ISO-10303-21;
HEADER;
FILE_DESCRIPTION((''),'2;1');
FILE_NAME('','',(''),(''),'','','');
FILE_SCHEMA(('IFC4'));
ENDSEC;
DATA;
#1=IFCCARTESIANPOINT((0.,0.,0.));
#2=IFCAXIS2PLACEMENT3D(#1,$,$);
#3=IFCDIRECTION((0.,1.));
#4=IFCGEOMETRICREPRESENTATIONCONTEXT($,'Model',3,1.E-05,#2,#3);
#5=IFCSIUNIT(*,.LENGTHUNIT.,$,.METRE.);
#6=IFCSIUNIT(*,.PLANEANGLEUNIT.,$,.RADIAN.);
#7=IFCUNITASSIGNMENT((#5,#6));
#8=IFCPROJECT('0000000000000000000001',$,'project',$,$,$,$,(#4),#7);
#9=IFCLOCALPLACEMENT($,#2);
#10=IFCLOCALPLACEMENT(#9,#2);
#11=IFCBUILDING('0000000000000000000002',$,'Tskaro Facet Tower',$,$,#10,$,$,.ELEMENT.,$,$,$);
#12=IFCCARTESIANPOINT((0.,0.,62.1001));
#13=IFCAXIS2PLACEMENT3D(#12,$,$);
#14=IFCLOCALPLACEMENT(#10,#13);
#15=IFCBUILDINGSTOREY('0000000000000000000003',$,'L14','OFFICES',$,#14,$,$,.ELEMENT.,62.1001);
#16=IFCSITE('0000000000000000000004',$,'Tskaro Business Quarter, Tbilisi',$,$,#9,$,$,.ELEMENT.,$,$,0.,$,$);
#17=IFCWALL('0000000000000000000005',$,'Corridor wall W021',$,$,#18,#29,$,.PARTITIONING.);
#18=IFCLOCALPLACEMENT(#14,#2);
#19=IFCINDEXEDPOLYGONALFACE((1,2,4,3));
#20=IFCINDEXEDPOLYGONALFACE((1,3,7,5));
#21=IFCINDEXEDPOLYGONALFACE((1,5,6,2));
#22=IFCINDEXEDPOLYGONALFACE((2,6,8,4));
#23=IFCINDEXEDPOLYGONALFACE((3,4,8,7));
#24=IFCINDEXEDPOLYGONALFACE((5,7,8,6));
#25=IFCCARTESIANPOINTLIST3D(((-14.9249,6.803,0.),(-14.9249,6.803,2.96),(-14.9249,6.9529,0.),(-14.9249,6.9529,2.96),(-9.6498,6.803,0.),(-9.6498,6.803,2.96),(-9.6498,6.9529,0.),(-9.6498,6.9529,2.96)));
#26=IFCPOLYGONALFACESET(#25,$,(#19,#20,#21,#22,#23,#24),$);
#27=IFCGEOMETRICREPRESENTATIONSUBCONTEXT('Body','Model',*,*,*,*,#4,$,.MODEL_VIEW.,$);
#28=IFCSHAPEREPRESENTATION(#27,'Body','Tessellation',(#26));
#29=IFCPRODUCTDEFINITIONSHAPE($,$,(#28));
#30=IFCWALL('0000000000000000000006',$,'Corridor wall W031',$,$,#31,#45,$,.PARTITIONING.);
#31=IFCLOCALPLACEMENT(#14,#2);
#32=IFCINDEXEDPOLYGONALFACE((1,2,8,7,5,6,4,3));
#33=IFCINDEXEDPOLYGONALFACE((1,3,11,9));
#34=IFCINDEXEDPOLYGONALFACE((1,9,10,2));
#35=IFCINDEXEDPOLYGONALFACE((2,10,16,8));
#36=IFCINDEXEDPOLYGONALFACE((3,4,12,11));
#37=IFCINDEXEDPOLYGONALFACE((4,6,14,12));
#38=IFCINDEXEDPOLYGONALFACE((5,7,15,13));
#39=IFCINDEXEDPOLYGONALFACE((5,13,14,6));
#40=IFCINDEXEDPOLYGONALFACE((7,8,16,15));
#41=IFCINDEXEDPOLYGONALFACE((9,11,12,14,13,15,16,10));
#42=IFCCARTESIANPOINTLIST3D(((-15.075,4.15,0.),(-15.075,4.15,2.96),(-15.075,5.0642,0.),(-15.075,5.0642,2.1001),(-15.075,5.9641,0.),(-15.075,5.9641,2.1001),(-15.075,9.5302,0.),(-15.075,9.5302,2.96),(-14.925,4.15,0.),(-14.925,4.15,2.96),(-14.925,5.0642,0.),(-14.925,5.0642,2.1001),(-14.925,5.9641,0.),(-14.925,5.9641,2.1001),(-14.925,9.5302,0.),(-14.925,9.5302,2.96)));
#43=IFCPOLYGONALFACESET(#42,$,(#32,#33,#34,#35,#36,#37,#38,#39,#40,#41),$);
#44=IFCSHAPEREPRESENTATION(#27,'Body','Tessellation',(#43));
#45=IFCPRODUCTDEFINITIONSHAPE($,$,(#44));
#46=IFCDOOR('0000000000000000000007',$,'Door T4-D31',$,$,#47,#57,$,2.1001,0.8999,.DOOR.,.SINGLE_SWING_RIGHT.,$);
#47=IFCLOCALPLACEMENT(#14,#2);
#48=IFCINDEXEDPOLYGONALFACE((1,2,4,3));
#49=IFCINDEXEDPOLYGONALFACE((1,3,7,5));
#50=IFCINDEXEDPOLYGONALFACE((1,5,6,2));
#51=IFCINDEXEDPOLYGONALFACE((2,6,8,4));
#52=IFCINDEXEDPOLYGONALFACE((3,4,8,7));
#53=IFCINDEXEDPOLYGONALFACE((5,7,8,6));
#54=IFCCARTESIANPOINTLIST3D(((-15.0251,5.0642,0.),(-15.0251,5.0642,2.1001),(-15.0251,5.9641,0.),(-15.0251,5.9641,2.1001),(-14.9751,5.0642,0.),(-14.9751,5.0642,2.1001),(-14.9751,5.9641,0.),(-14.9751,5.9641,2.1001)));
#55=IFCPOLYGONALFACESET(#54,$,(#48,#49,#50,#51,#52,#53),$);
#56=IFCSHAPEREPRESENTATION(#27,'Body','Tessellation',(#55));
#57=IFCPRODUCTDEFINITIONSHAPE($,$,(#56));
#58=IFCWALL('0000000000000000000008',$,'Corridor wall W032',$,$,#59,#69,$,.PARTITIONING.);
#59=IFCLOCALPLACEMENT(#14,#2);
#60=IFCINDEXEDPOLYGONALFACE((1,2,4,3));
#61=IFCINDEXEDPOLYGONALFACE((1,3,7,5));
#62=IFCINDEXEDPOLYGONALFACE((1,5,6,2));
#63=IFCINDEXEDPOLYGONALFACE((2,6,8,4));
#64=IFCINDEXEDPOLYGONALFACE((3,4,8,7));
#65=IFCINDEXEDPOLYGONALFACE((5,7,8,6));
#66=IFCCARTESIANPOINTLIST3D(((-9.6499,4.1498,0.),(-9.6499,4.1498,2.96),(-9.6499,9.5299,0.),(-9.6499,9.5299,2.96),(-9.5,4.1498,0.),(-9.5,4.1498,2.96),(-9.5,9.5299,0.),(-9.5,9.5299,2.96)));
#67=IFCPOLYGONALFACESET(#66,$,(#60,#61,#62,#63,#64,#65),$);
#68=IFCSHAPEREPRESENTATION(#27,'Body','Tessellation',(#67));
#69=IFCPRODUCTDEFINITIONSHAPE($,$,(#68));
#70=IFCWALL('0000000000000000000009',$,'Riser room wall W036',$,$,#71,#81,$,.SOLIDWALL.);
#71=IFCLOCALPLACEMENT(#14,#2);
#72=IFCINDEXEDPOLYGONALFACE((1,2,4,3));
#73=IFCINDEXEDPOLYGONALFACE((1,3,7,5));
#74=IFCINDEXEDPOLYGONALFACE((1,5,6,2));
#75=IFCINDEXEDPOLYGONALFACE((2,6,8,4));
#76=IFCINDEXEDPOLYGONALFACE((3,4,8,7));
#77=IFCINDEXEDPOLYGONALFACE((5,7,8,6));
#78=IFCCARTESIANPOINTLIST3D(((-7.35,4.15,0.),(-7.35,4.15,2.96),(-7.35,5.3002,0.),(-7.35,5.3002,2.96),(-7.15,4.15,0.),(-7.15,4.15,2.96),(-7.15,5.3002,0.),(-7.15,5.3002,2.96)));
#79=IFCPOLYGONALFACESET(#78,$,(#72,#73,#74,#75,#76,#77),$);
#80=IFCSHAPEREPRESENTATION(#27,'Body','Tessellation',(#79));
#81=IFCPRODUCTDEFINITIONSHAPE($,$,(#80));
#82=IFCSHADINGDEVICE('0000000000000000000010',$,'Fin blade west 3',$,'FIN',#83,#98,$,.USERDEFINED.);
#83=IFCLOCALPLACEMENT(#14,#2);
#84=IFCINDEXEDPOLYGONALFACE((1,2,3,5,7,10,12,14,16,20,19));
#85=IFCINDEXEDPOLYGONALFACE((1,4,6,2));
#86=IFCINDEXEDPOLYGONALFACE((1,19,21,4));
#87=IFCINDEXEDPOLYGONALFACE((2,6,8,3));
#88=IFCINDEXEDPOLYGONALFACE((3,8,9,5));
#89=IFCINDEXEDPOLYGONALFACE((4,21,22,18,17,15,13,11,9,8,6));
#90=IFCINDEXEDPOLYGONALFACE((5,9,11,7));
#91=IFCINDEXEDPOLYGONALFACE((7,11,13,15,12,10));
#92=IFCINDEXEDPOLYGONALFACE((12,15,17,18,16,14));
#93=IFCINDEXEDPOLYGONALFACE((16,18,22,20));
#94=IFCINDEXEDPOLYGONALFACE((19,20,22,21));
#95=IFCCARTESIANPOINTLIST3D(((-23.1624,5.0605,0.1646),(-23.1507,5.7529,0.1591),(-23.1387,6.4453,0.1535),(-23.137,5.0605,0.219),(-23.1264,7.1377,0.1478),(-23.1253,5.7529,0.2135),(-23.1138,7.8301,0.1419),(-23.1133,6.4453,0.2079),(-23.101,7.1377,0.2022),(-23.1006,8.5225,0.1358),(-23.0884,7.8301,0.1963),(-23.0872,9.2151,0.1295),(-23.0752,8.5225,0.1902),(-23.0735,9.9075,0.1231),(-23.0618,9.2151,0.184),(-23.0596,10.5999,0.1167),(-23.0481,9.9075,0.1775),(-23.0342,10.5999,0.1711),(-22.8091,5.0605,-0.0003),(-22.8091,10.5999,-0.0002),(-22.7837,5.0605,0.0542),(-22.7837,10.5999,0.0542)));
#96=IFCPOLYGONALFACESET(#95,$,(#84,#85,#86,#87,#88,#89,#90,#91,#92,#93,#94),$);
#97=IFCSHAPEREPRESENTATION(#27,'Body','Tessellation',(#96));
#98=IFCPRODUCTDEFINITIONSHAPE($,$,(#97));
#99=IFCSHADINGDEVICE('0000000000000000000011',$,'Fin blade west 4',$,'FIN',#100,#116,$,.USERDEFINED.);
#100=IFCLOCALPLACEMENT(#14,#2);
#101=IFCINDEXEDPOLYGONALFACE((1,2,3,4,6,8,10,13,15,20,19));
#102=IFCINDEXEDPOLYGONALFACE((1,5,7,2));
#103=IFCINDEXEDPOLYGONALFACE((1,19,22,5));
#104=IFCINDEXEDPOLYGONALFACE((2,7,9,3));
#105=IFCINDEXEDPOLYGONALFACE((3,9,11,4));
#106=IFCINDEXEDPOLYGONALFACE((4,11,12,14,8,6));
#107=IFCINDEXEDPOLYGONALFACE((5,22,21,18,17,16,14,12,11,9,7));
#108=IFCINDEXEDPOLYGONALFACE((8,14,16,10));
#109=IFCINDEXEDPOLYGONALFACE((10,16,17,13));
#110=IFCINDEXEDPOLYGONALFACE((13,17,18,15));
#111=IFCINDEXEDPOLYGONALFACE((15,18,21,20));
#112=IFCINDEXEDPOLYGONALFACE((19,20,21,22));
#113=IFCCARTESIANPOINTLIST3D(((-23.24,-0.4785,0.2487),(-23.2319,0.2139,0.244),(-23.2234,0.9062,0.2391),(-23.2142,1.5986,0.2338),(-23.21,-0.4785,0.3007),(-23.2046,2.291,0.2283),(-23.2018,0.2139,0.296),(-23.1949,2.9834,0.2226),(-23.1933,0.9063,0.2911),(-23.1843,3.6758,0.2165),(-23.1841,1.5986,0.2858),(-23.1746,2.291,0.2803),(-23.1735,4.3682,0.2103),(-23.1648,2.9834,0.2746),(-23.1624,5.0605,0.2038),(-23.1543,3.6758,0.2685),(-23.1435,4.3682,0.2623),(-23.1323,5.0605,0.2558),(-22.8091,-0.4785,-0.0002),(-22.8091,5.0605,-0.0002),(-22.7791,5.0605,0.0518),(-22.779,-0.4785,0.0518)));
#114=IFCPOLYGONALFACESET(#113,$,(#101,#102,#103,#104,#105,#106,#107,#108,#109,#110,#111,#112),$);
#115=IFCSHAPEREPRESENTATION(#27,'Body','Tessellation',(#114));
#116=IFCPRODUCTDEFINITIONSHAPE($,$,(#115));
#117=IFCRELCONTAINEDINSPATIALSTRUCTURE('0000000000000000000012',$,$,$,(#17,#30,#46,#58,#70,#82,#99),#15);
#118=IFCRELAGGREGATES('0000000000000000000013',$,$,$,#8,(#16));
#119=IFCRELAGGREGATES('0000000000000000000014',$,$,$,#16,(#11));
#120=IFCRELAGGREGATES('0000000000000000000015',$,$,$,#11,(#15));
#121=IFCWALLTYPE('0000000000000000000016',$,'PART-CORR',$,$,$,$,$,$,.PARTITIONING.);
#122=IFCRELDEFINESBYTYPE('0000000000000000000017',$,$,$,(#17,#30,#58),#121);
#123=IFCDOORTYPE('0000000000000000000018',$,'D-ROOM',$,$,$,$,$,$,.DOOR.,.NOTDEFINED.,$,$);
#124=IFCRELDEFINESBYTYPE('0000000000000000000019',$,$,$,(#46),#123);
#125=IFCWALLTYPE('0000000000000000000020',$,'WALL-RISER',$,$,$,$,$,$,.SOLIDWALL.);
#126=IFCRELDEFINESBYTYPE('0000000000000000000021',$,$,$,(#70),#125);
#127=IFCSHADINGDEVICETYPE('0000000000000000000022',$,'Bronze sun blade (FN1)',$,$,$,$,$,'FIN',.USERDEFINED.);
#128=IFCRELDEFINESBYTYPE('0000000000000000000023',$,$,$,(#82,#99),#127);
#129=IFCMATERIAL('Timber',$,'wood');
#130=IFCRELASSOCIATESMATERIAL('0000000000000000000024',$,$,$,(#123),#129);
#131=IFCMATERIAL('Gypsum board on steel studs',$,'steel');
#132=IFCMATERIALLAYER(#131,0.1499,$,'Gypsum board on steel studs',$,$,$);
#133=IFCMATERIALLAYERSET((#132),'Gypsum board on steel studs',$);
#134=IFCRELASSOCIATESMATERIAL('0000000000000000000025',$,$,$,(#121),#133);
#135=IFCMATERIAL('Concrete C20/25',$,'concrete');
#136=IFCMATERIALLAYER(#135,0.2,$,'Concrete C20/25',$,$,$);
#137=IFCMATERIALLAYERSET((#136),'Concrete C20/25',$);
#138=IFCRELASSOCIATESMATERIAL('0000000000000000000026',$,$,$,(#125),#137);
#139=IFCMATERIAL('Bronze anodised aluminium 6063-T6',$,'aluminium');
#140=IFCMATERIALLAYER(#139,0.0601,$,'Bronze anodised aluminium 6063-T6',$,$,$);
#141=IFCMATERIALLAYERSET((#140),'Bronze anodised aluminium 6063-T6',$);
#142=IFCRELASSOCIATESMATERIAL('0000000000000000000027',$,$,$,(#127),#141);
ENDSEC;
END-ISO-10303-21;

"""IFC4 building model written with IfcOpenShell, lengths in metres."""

from ifc_helpers import new_model, si_unit, direction, frame, frame_2d, origin, place, context, subcontext, project, spatial, polyline, rectangle, outline, extrude, material, layer, layer_set, type_object, element, fill, save


model = new_model("IFC4")

# Units and contexts
model_context = context("Model", 3, precision=1e-05, world=origin(), true_north=direction((0.0, 1.0)))
body_context = subcontext(model_context, "Body", "Model", "MODEL_VIEW")
ifc_project = project(units=[si_unit("LENGTHUNIT", "METRE"), si_unit("PLANEANGLEUNIT", "RADIAN")], contexts=[model_context])

# Site, building, storey
site_placement = place(None, origin())
site = spatial("IfcSite", under=ifc_project, at=site_placement, Name="Tskaro Business Quarter, Tbilisi", CompositionType="ELEMENT", RefElevation=0.0)
building_placement = place(site_placement, origin())
building = spatial("IfcBuilding", under=site, at=building_placement, Name="Tskaro Facet Tower", CompositionType="ELEMENT")
storey_placement = place(building_placement, frame((0.0, 0.0, 62.1001)))
storey = spatial("IfcBuildingStorey", under=building, at=storey_placement, Name="L14", Description="OFFICES", CompositionType="ELEMENT", Elevation=62.1001)

# Shared definitions
ifc_material_1 = material(Name="Bronze anodised aluminium 6063-T6", Category="aluminium")

# Shared definitions
ifc_material_2 = material(Name="Timber", Category="wood")
door_type_1 = type_object("IfcDoorType", Name="D-ROOM", OperationType="NOTDEFINED", PredefinedType="DOOR", material=ifc_material_2)

# Wall
ifc_material_3 = material(Name="Gypsum board on steel studs", Category="steel")
ifc_layer_1 = layer(ifc_material_3, 0.1499, Name="Gypsum board on steel studs")
ifc_layer_set_1 = layer_set([ifc_layer_1], Name="Gypsum board on steel studs")
wall_type_1 = type_object("IfcWallType", Name="PART-CORR", PredefinedType="PARTITIONING", material=ifc_layer_set_1)
wall_1_placement = place(storey_placement, frame((-14.925, 6.8779, 0.0), z_axis=(0.0, 0.0, 1.0), x_axis=(1.0, 0.0, 0.0)))
element("IfcWall", 1, at=wall_1_placement, inside=storey, type_object=wall_type_1, Name="Corridor wall W021", PredefinedType="PARTITIONING", context=body_context, shape_type="SweptSolid", body=[
    extrude(rectangle(XDim=5.2751, YDim=0.1499, at=frame_2d((2.6377, 0.0))), origin(), (0.0, 0.0, 1.0), 2.96),
])

# Wall, opening, door
wall_2_placement = place(storey_placement, frame((-15.0, 9.53, 0.0), z_axis=(0.0, 0.0, 1.0), x_axis=(0.0, -1.0, 0.0)))
wall_2 = element("IfcWall", 2, at=wall_2_placement, inside=storey, type_object=wall_type_1, Name="Corridor wall W031", PredefinedType="PARTITIONING", context=body_context, shape_type="SweptSolid", body=[
    extrude(rectangle(XDim=5.3801, YDim=0.1499, at=frame_2d((2.6899, 0.0))), origin(), (0.0, 0.0, 1.0), 2.96),
])
opening_1_placement = place(wall_2_placement, frame((3.5659, 0.0, 0.0)))
opening_1 = element("IfcOpeningElement", 3, at=opening_1_placement, cuts=wall_2, PredefinedType="OPENING", context=body_context, shape_type="SweptSolid", body=[
    extrude(rectangle(XDim=0.8999, YDim=2.1001, at=frame_2d((0.45, 1.05))), frame((0.0, 0.085, 0.0), z_axis=(0.0, -1.0, 0.0), x_axis=(1.0, 0.0, 0.0)), (0.0, 0.0, 1.0), 0.1699),
])
door_1_placement = place(opening_1_placement, origin())
door_1 = element("IfcDoor", 4, at=door_1_placement, inside=storey, type_object=door_type_1, Name="Door T4-D31", OperationType="SINGLE_SWING_RIGHT", OverallHeight=2.1001, OverallWidth=0.8999, PredefinedType="DOOR", context=body_context, shape_type="SweptSolid", body=[
    extrude(rectangle(XDim=0.8999, YDim=2.1001, at=frame_2d((0.45, 1.05))), frame((0.0, 0.0249, 0.0), z_axis=(0.0, -1.0, 0.0), x_axis=(1.0, 0.0, 0.0)), (0.0, 0.0, 1.0), 0.05),
])
fill(opening_1, door_1)

# Walls
wall_3_placement = place(storey_placement, frame((-9.575, 4.1499, 0.0), z_axis=(0.0, 0.0, 1.0), x_axis=(0.0, 1.0, 0.0)))
element("IfcWall", 5, at=wall_3_placement, inside=storey, type_object=wall_type_1, Name="Corridor wall W032", PredefinedType="PARTITIONING", context=body_context, shape_type="SweptSolid", body=[
    extrude(rectangle(XDim=5.3801, YDim=0.1499, at=frame_2d((2.6899, 0.0))), origin(), (0.0, 0.0, 1.0), 2.96),
])
ifc_material_4 = material(Name="Concrete C20/25", Category="concrete")
ifc_layer_2 = layer(ifc_material_4, 0.2, Name="Concrete C20/25")
ifc_layer_set_2 = layer_set([ifc_layer_2], Name="Concrete C20/25")
wall_type_2 = type_object("IfcWallType", Name="WALL-RISER", PredefinedType="SOLIDWALL", material=ifc_layer_set_2)
wall_4_placement = place(storey_placement, frame((-7.25, 4.1499, 0.0), z_axis=(0.0, 0.0, 1.0), x_axis=(0.0, 1.0, 0.0)))
element("IfcWall", 6, at=wall_4_placement, inside=storey, type_object=wall_type_2, Name="Riser room wall W036", PredefinedType="SOLIDWALL", context=body_context, shape_type="SweptSolid", body=[
    extrude(rectangle(XDim=1.1501, YDim=0.2, at=frame_2d((0.5752, 0.0))), origin(), (0.0, 0.0, 1.0), 2.96),
])

# Shading devices
ifc_layer_3 = layer(ifc_material_1, 0.0601, Name="Bronze anodised aluminium 6063-T6")
ifc_layer_set_3 = layer_set([ifc_layer_3], Name="Bronze anodised aluminium 6063-T6")
shading_device_type = type_object("IfcShadingDeviceType", Name="Bronze sun blade (FN1)", ElementType="FIN", PredefinedType="USERDEFINED", material=ifc_layer_set_3)
shading_device_1_placement = place(storey_placement, frame((-22.7837, 10.5999, 0.0542), z_axis=(0.422803, -0.000008, 0.906222), x_axis=(-0.000003, -1.0, -0.000007)))
element("IfcShadingDevice", 7, at=shading_device_1_placement, inside=storey, type_object=shading_device_type, Name="Fin blade west 3", ObjectType="FIN", PredefinedType="USERDEFINED", context=body_context, shape_type="SweptSolid", body=[
    extrude(outline(polyline([(0.0, 0.0), (5.5393, 0.0), (5.5393, -0.3898), (4.8469, -0.3769), (4.1545, -0.3637), (3.4622, -0.3502), (2.7698, -0.3362), (2.0774, -0.3217), (1.3848, -0.3069), (0.6924, -0.2917), (0.0, -0.2764), (0.0, 0.0)])), origin(), (0.0, 0.0, -1.0), 0.0601),
])
shading_device_2_placement = place(storey_placement, frame((-22.7791, 5.0605, 0.0518), z_axis=(0.500217, 0.000006, 0.8659), x_axis=(0.000003, -1.0, 0.000006)))
element("IfcShadingDevice", 8, at=shading_device_2_placement, inside=storey, type_object=shading_device_type, Name="Fin blade west 4", ObjectType="FIN", PredefinedType="USERDEFINED", context=body_context, shape_type="SweptSolid", body=[
    extrude(outline(polyline([(0.0, 0.0), (5.5391, 0.0), (5.5391, -0.4977), (4.8467, -0.4883), (4.1543, -0.4784), (3.4619, -0.4678), (2.7695, -0.4568), (2.0771, -0.4455), (1.3848, -0.4334), (0.6924, -0.4209), (0.0, -0.408), (0.0, 0.0)])), origin(), (0.0, 0.0, -1.0), 0.0601),
])

save(model, "model.ifc")
